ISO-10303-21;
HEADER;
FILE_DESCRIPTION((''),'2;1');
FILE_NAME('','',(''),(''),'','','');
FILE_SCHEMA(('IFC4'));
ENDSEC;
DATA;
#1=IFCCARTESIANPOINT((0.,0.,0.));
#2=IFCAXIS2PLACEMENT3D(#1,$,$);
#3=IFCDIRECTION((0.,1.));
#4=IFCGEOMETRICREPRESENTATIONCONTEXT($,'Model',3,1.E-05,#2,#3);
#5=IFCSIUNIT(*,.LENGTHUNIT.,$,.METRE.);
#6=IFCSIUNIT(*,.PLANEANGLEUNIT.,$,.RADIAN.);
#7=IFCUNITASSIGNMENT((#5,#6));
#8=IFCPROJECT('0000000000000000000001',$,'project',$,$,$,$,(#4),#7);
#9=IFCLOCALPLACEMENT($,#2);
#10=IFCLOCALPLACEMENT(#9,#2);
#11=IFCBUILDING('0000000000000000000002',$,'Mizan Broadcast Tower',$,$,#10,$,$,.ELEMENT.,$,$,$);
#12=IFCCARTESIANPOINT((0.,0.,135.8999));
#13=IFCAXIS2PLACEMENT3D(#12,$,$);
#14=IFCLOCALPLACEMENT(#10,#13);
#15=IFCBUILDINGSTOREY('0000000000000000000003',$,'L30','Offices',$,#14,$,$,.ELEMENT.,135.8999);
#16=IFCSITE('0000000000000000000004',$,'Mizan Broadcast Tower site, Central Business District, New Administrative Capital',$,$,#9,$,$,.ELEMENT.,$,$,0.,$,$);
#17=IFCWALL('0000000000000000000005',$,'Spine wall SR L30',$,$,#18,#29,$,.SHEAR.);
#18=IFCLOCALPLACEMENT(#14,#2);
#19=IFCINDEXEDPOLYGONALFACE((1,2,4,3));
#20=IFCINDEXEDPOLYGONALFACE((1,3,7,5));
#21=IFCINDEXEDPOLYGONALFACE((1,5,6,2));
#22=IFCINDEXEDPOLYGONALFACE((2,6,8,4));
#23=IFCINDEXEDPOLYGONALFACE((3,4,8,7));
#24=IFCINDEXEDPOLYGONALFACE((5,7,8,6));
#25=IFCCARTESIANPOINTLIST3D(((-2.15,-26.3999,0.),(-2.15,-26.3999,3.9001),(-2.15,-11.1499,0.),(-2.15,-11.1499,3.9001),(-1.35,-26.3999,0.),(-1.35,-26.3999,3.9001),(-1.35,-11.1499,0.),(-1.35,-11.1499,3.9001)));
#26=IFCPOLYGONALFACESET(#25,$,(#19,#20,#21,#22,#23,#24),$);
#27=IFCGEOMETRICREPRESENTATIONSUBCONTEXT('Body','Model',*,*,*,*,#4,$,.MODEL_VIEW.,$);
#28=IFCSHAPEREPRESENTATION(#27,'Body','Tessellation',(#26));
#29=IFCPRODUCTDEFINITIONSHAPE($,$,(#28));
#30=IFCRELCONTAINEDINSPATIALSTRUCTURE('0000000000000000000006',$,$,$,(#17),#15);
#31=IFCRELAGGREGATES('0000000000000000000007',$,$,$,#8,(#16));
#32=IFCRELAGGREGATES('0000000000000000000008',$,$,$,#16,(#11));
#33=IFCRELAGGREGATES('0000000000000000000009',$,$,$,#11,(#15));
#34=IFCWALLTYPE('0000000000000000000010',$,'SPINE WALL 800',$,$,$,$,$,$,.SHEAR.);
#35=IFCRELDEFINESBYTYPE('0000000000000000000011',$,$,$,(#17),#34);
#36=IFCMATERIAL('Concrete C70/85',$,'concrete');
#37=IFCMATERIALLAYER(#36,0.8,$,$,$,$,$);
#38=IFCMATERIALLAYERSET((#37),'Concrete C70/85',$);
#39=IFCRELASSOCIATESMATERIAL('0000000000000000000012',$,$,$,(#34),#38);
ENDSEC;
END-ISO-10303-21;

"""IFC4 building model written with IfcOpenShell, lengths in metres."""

from ifc_helpers import new_model, si_unit, direction, frame, frame_2d, origin, place, context, subcontext, project, spatial, rectangle, extrude, material, layer, layer_set, type_object, element, save


model = new_model("IFC4")

# Units and contexts
model_context = context("Model", 3, precision=1e-05, world=origin(), true_north=direction((0.0, 1.0)))
body_context = subcontext(model_context, "Body", "Model", "MODEL_VIEW")
ifc_project = project(units=[si_unit("LENGTHUNIT", "METRE"), si_unit("PLANEANGLEUNIT", "RADIAN")], contexts=[model_context])

# Site, building, storey
site_placement = place(None, origin())
site = spatial("IfcSite", under=ifc_project, at=site_placement, Name="Mizan Broadcast Tower site, Central Business District, New Administrative Capital", CompositionType="ELEMENT", RefElevation=0.0)
building_placement = place(site_placement, origin())
building = spatial("IfcBuilding", under=site, at=building_placement, Name="Mizan Broadcast Tower", CompositionType="ELEMENT")
storey_placement = place(building_placement, frame((0.0, 0.0, 135.8999)))
storey = spatial("IfcBuildingStorey", under=building, at=storey_placement, Name="L30", Description="Offices", CompositionType="ELEMENT", Elevation=135.8999)

# Wall
ifc_material_1 = material(Name="Concrete C70/85", Category="concrete")
ifc_layer_1 = layer(ifc_material_1, 0.8)
ifc_layer_set_1 = layer_set([ifc_layer_1], Name="Concrete C70/85")
wall_type_1 = type_object("IfcWallType", Name="SPINE WALL 800", PredefinedType="SHEAR", material=ifc_layer_set_1)
wall_1_placement = place(storey_placement, frame((-1.75, -11.1499, 0.0), z_axis=(0.0, 0.0, 1.0), x_axis=(0.0, -1.0, 0.0)))
element("IfcWall", 1, at=wall_1_placement, inside=storey, type_object=wall_type_1, Name="Spine wall SR L30", PredefinedType="SHEAR", context=body_context, shape_type="SweptSolid", body=[
    extrude(rectangle(XDim=15.25, YDim=0.8, at=frame_2d((7.625, 0.0))), origin(), (0.0, 0.0, 1.0), 3.9001),
])

save(model, "model.ifc")
